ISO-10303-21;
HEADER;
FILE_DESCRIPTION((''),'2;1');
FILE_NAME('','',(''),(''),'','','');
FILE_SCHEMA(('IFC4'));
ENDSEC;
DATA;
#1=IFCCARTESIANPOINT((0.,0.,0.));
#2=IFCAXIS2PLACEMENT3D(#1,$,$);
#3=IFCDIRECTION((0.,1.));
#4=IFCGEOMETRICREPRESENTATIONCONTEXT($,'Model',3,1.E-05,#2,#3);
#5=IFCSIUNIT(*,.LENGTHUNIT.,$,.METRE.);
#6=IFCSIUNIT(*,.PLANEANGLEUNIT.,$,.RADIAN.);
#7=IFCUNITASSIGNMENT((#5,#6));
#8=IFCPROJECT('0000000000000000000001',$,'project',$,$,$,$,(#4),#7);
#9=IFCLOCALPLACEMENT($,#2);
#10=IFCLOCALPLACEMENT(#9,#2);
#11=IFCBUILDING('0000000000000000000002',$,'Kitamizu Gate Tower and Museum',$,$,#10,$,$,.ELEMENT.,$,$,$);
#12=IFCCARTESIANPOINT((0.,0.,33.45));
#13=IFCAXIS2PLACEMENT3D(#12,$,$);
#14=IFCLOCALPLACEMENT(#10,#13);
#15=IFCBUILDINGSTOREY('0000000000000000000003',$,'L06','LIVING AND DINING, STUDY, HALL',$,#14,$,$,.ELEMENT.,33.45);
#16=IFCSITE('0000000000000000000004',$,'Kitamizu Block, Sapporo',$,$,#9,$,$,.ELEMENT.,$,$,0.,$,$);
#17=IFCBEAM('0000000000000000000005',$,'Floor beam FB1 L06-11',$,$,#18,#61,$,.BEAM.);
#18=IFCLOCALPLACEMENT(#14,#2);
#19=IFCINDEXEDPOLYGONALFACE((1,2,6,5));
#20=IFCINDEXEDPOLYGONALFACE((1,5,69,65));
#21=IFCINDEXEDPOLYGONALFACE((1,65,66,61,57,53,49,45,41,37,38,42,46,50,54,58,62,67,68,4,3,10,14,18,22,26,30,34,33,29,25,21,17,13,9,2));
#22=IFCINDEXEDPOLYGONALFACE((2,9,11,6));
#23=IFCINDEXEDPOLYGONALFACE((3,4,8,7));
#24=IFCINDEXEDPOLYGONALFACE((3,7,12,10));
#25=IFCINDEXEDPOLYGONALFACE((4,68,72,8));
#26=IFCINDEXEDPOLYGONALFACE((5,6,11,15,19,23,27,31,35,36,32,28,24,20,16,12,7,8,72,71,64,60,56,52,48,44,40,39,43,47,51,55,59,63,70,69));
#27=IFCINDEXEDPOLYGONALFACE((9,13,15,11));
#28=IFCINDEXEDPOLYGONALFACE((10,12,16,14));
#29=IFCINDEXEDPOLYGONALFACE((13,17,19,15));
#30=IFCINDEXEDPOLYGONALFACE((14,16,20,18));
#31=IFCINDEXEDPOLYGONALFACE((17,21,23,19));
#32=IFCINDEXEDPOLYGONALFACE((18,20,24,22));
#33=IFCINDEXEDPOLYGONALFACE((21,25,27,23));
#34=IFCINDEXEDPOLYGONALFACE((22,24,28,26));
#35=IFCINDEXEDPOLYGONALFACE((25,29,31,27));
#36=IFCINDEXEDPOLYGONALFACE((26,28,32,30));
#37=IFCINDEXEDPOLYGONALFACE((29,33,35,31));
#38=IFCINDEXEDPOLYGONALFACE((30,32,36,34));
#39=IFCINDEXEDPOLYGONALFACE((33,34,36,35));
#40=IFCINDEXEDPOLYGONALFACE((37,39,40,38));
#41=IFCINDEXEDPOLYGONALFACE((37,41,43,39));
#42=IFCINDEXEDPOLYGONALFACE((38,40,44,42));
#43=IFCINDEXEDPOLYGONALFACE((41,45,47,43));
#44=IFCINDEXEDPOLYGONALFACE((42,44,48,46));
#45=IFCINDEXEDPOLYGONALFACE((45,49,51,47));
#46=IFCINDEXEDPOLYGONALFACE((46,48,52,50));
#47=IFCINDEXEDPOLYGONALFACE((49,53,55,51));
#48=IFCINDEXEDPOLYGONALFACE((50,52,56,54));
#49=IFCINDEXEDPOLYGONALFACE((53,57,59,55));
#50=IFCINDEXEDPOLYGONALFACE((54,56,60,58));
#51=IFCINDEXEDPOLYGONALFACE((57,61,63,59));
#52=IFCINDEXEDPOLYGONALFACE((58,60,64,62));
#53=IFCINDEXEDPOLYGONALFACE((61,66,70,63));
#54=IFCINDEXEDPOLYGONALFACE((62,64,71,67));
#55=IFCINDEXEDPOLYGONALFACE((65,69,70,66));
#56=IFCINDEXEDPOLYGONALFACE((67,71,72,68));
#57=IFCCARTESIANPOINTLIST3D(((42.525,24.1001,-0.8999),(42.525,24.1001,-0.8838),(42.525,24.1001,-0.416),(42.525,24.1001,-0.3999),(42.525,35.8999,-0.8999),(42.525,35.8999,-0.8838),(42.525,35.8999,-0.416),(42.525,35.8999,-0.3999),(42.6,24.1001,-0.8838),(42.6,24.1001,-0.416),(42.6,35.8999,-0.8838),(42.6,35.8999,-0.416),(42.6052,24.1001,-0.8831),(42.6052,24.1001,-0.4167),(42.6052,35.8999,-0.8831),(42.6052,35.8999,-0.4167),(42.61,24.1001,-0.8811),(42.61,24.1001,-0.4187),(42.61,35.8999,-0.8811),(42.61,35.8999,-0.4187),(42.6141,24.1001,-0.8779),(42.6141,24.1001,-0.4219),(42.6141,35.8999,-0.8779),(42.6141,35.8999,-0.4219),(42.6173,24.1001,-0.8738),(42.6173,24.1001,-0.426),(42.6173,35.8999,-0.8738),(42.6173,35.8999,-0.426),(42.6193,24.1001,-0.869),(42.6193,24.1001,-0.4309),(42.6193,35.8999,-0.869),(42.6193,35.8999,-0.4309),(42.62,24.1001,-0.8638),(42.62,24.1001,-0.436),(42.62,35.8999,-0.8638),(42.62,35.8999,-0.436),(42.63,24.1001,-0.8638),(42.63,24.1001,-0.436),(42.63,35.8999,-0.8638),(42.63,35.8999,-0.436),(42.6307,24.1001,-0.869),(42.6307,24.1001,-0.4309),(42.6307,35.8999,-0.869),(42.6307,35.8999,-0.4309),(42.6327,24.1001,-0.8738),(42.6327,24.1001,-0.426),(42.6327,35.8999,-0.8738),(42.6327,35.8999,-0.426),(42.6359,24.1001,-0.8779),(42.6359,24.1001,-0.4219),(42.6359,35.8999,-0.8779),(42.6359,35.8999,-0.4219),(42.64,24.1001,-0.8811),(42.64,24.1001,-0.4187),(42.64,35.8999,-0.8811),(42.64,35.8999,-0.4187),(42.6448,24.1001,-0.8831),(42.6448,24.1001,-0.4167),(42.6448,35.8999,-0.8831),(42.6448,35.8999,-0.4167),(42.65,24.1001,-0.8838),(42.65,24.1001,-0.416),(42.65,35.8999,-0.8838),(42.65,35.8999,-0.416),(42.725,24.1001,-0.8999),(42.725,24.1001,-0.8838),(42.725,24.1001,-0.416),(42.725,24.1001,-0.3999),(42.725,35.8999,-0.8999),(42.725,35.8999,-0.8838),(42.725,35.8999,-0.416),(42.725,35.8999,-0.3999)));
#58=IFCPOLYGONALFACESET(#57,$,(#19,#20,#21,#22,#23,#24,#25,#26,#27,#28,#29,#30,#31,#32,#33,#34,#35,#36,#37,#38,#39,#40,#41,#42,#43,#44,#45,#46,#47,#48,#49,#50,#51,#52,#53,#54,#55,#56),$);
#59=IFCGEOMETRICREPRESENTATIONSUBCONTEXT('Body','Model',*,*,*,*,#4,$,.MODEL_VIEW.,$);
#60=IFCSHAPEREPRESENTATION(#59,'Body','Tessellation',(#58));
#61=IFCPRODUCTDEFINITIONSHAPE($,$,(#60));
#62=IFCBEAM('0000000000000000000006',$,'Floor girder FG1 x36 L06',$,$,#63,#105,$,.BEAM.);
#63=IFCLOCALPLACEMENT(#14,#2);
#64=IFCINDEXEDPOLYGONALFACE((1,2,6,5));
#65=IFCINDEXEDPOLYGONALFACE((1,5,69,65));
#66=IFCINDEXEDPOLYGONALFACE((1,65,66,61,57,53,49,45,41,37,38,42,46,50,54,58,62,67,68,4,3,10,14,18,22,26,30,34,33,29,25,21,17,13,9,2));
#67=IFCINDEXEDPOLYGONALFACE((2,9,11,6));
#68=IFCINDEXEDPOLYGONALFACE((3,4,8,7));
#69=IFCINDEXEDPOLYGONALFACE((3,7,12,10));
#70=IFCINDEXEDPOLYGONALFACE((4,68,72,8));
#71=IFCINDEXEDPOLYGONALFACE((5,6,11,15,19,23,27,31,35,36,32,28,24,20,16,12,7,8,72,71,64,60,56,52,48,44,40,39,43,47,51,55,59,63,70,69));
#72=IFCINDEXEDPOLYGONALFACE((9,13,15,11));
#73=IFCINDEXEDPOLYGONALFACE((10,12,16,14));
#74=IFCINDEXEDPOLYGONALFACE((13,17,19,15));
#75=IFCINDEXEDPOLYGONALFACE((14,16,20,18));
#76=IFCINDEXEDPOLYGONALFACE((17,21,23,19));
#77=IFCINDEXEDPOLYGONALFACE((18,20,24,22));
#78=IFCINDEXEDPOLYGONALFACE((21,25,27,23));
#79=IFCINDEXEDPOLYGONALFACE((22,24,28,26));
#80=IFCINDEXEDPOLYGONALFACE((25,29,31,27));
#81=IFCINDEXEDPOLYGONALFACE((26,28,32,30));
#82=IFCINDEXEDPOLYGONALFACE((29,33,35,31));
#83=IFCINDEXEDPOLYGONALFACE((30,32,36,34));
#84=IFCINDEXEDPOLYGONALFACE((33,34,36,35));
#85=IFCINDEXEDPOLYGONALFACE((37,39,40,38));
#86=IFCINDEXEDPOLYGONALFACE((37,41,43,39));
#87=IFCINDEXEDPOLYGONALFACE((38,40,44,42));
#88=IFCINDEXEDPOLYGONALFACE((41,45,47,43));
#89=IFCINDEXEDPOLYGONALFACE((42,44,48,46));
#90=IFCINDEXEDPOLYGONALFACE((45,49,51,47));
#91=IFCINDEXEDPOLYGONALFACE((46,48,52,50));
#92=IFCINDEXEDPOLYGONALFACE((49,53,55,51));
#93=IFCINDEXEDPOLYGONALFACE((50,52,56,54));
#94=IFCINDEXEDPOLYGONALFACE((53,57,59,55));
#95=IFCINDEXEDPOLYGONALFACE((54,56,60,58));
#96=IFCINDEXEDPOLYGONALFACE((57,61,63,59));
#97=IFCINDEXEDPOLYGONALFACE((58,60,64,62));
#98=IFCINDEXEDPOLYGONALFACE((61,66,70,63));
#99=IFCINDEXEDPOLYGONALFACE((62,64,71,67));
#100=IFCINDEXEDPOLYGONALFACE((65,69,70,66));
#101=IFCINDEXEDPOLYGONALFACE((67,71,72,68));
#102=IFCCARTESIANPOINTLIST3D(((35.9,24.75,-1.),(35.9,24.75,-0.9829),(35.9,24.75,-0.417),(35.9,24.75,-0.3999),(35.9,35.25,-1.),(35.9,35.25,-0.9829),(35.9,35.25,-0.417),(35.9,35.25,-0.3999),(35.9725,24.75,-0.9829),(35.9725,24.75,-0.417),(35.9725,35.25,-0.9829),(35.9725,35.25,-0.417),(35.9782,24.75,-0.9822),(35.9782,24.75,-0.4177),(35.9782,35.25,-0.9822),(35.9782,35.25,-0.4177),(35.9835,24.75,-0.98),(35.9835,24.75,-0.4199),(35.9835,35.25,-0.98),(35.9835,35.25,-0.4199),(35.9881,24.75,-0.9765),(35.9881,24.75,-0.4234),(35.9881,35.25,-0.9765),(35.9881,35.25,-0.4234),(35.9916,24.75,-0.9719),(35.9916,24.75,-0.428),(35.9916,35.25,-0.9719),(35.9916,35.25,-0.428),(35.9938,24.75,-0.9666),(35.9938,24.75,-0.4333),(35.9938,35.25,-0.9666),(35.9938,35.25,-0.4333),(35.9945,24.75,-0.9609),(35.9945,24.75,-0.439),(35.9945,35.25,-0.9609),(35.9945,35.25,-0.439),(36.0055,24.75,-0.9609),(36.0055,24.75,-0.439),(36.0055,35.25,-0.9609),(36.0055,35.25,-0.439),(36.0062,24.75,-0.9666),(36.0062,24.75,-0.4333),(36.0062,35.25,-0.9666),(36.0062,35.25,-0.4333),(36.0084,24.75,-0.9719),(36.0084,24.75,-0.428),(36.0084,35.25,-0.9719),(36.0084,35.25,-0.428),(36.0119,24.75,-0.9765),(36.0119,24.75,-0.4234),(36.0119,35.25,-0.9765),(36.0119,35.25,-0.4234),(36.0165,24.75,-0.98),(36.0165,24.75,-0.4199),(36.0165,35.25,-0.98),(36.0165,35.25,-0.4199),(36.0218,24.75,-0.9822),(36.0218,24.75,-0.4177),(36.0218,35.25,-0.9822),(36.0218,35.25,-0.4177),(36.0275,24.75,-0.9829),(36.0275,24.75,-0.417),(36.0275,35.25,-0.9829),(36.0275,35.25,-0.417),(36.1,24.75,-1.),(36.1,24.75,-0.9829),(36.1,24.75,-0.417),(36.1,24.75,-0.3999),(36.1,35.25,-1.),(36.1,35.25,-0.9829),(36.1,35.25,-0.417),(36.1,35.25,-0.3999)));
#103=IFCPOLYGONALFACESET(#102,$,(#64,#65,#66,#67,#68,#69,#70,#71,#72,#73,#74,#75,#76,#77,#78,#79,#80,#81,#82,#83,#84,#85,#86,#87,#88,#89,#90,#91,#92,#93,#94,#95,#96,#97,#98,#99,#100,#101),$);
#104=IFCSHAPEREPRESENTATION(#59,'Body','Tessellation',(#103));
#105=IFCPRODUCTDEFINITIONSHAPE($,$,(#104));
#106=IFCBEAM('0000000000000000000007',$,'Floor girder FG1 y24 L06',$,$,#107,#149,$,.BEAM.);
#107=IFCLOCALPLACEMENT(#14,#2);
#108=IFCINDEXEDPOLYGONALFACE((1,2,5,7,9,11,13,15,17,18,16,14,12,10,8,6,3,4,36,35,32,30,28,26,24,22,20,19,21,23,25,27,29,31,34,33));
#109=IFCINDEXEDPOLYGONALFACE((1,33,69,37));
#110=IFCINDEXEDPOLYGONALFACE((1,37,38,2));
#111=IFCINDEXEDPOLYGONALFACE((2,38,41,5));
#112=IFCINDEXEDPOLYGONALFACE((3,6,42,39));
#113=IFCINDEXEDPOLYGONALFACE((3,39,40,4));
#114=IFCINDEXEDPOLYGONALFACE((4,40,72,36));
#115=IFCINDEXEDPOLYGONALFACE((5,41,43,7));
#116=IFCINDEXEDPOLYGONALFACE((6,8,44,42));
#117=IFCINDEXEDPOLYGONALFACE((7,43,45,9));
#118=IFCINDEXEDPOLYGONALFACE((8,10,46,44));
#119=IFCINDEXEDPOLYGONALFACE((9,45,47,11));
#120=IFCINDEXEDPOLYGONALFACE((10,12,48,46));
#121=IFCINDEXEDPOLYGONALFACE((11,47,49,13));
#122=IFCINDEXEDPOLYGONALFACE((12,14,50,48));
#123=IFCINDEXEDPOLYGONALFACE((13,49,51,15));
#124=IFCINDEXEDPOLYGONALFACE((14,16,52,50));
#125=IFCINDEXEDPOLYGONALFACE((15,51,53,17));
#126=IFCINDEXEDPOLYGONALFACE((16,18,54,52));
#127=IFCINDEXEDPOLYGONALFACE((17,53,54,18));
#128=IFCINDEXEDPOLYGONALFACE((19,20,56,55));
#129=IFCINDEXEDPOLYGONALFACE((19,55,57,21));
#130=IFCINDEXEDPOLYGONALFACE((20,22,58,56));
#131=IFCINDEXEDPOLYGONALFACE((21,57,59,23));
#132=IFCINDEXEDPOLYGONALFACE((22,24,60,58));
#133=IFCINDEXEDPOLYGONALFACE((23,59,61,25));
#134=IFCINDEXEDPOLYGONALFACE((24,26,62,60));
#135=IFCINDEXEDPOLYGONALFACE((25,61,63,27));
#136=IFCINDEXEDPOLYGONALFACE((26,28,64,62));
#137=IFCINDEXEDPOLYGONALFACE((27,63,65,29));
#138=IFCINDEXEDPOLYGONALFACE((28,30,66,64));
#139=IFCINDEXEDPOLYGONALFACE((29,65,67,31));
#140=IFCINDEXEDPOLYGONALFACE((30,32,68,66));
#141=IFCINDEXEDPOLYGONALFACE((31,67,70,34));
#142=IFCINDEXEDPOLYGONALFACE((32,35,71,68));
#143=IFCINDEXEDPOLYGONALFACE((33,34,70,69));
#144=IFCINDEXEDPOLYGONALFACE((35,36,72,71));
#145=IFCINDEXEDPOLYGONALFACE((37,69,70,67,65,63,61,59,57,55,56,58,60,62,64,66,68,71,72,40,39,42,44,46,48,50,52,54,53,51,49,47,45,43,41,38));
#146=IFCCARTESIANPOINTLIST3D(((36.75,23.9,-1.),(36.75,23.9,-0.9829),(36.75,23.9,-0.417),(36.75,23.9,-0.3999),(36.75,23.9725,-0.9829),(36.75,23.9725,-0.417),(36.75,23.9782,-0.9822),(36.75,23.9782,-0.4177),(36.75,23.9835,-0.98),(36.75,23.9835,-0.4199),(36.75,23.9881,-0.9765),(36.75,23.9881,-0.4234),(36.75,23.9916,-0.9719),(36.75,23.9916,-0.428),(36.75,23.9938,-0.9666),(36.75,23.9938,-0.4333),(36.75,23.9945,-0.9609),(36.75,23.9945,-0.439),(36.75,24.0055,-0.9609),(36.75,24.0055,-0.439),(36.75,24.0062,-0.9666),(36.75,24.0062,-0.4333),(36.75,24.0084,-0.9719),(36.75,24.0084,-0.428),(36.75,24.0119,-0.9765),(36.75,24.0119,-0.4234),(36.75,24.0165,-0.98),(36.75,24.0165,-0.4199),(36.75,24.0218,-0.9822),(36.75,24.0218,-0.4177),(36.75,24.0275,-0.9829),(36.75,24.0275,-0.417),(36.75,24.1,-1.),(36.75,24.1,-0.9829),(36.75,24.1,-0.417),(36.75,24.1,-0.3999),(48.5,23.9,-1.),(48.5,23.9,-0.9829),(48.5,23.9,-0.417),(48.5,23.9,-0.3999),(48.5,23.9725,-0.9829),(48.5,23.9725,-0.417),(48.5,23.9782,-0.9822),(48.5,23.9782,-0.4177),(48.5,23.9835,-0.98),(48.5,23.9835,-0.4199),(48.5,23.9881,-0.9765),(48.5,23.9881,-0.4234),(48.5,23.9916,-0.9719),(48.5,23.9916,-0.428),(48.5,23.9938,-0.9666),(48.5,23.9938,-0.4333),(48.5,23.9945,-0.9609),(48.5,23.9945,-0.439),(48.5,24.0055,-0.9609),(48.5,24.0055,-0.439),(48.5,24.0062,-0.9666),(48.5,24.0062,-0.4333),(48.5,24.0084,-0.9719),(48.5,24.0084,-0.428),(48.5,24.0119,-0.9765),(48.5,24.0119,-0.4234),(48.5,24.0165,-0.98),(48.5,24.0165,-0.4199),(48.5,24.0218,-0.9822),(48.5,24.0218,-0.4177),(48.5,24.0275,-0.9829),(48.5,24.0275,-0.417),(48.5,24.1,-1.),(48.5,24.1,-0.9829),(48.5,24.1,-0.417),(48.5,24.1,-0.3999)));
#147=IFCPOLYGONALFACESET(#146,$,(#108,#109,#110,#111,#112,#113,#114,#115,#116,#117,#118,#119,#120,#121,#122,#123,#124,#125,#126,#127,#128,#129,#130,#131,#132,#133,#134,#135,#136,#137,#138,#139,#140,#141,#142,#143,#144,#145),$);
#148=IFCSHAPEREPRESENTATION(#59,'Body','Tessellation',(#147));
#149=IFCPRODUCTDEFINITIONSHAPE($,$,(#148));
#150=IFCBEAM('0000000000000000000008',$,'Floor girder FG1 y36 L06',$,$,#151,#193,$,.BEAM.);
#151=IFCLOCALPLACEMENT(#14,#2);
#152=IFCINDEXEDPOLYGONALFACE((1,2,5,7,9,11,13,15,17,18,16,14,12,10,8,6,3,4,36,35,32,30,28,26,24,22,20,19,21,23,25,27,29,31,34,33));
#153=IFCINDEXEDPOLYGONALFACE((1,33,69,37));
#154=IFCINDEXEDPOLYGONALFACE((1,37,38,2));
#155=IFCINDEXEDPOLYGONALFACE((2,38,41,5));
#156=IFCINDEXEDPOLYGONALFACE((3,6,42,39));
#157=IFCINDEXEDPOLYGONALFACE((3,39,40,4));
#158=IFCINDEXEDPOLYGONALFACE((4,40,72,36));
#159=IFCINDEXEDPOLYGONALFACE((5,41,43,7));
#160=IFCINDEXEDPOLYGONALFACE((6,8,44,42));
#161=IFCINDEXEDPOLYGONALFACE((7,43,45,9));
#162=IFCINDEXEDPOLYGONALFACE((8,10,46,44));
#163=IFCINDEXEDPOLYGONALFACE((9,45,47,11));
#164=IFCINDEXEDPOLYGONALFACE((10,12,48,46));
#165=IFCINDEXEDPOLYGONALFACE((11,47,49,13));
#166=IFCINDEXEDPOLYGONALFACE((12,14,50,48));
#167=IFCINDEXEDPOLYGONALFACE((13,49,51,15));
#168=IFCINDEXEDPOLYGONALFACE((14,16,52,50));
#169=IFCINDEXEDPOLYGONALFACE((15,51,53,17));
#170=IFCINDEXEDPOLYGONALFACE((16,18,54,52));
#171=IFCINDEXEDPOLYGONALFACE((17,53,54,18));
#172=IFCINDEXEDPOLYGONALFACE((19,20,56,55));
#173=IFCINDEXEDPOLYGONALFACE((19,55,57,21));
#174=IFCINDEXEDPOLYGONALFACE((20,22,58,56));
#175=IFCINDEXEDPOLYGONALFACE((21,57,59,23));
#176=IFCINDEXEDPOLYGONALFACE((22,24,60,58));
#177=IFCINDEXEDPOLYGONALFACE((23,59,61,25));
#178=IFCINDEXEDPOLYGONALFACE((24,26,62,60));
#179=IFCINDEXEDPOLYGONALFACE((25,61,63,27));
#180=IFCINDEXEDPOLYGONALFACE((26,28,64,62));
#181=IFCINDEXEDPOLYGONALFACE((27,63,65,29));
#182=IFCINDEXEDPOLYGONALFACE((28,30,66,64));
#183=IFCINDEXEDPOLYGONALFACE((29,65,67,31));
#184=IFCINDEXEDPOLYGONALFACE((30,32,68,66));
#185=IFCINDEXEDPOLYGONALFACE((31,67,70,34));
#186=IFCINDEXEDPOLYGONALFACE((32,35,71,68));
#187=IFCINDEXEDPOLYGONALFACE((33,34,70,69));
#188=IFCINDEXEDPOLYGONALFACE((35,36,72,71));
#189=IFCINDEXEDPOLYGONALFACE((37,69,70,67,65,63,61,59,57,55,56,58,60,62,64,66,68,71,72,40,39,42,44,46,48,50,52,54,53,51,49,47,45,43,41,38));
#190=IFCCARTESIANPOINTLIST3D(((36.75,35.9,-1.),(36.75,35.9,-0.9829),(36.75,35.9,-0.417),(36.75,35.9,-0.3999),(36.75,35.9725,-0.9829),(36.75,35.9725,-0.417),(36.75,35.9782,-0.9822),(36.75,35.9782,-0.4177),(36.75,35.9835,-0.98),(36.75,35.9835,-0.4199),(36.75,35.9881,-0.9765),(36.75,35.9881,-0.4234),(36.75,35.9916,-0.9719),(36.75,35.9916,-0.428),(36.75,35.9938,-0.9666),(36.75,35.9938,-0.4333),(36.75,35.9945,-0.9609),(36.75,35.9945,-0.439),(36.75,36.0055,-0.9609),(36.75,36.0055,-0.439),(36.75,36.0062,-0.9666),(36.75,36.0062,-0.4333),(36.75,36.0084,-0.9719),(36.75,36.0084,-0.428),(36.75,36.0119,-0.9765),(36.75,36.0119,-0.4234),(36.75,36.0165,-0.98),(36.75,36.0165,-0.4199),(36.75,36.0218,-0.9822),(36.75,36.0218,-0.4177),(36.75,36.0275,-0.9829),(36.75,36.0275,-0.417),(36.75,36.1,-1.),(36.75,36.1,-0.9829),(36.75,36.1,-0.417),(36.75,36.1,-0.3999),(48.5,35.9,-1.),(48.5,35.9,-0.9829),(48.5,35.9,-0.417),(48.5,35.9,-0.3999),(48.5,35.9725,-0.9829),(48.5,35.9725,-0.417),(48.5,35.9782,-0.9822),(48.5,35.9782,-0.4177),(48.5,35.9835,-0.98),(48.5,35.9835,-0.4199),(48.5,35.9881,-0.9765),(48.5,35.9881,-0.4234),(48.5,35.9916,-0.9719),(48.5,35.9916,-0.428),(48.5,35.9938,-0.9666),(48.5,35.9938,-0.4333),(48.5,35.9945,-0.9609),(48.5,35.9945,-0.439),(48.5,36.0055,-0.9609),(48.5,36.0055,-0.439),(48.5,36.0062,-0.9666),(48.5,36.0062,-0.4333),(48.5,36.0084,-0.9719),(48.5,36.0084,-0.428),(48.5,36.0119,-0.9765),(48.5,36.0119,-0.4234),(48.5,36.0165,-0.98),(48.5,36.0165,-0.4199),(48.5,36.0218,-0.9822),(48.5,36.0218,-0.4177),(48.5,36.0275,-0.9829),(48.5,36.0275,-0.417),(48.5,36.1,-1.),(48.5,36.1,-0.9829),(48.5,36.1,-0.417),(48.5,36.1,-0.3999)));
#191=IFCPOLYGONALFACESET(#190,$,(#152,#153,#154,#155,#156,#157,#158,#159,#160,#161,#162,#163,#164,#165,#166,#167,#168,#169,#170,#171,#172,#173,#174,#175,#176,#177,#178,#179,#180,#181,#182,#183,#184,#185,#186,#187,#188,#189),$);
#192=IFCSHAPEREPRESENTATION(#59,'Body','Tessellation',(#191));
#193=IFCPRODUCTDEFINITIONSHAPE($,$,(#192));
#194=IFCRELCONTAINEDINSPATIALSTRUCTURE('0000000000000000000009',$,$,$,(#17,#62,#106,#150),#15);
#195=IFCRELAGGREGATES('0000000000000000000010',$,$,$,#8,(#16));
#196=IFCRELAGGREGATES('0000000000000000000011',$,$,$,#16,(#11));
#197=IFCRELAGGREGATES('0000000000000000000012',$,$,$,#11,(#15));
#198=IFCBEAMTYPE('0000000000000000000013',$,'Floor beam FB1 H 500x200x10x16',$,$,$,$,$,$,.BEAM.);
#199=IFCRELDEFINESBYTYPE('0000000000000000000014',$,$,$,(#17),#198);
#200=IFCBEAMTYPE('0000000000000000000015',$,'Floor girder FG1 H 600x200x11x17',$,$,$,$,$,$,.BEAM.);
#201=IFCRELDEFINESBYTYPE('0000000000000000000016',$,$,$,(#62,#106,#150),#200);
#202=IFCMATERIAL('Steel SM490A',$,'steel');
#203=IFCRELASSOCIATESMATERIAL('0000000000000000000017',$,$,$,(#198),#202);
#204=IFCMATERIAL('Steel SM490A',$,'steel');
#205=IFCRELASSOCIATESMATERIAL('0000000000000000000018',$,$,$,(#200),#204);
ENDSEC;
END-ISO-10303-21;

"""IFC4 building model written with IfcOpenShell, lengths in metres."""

from ifc_helpers import new_model, si_unit, direction, frame, origin, origin_2d, place, context, subcontext, project, spatial, i_section, extrude, material, material_profile, profile_set, type_object, element, save


model = new_model("IFC4")

# Units and contexts
model_context = context("Model", 3, precision=1e-05, world=origin(), true_north=direction((0.0, 1.0)))
body_context = subcontext(model_context, "Body", "Model", "MODEL_VIEW")
ifc_project = project(units=[si_unit("LENGTHUNIT", "METRE"), si_unit("PLANEANGLEUNIT", "RADIAN")], contexts=[model_context])

# Site, building, storey
site_placement = place(None, origin())
site = spatial("IfcSite", under=ifc_project, at=site_placement, Name="Kitamizu Block, Sapporo", CompositionType="ELEMENT", RefElevation=0.0)
building_placement = place(site_placement, origin())
building = spatial("IfcBuilding", under=site, at=building_placement, Name="Kitamizu Gate Tower and Museum", CompositionType="ELEMENT")
storey_placement = place(building_placement, frame((0.0, 0.0, 33.45)))
storey = spatial("IfcBuildingStorey", under=building, at=storey_placement, Name="L06", Description="LIVING AND DINING, STUDY, HALL", CompositionType="ELEMENT", Elevation=33.45)

# Beams
ifc_material_1 = material(Name="Steel SM490A", Category="steel")
ifc_material_profile_1 = material_profile(ifc_material_1, i_section(OverallWidth=0.2, OverallDepth=0.5, WebThickness=0.01, FlangeThickness=0.0161, FilletRadius=0.02, at=origin_2d()), Name="H-500x200x10x16")
ifc_profile_set_1 = profile_set([ifc_material_profile_1], Name="Steel SM490A")
beam_type_1 = type_object("IfcBeamType", Name="Floor beam FB1 H 500x200x10x16", PredefinedType="BEAM", material=ifc_profile_set_1)
beam_1_placement = place(storey_placement, frame((42.625, 24.1001, -0.6499), z_axis=(0.0, 1.0, 0.0), x_axis=(-1.0, 0.0, 0.0)))
element("IfcBeam", 1, at=beam_1_placement, inside=storey, type_object=beam_type_1, Name="Floor beam FB1 L06-11", PredefinedType="BEAM", context=body_context, shape_type="SweptSolid", body=[
    extrude(i_section(OverallWidth=0.2, OverallDepth=0.5, WebThickness=0.01, FlangeThickness=0.0161, FilletRadius=0.02, at=origin_2d()), origin(), (0.0, 0.0, 1.0), 11.7998),
])
ifc_material_2 = material(Name="Steel SM490A", Category="steel")
ifc_material_profile_2 = material_profile(ifc_material_2, i_section(OverallWidth=0.2, OverallDepth=0.6001, WebThickness=0.011, FlangeThickness=0.0171, FilletRadius=0.022, at=origin_2d()), Name="H-600x200x11x17")
ifc_profile_set_2 = profile_set([ifc_material_profile_2], Name="Steel SM490A")
beam_type_2 = type_object("IfcBeamType", Name="Floor girder FG1 H 600x200x11x17", PredefinedType="BEAM", material=ifc_profile_set_2)
beam_2_placement = place(storey_placement, frame((36.0, 24.75, -0.7), z_axis=(0.0, 1.0, 0.0), x_axis=(-1.0, 0.0, 0.0)))
element("IfcBeam", 2, at=beam_2_placement, inside=storey, type_object=beam_type_2, Name="Floor girder FG1 x36 L06", PredefinedType="BEAM", context=body_context, shape_type="SweptSolid", body=[
    extrude(i_section(OverallWidth=0.2, OverallDepth=0.6001, WebThickness=0.011, FlangeThickness=0.0171, FilletRadius=0.022, at=origin_2d()), origin(), (0.0, 0.0, 1.0), 10.5),
])
for number, where, z_axis, x_axis, name in (
    (3, (36.75, 24.0, -0.7), (1.0, 0.0, 0.0), (0.0, 1.0, 0.0), "Floor girder FG1 y24 L06"),
    (4, (36.75, 36.0, -0.7), (1.0, 0.0, 0.0), (0.0, 1.0, 0.0), "Floor girder FG1 y36 L06"),
):
    element("IfcBeam", number, at=place(storey_placement, frame(where, z_axis=z_axis, x_axis=x_axis)), inside=storey, type_object=beam_type_2, Name=name, PredefinedType="BEAM", context=body_context, shape_type="SweptSolid", body=[
        extrude(i_section(OverallWidth=0.2, OverallDepth=0.6001, WebThickness=0.011, FlangeThickness=0.0171, FilletRadius=0.022, at=origin_2d()), origin(), (0.0, 0.0, 1.0), 11.75),
    ])

save(model, "model.ifc")
